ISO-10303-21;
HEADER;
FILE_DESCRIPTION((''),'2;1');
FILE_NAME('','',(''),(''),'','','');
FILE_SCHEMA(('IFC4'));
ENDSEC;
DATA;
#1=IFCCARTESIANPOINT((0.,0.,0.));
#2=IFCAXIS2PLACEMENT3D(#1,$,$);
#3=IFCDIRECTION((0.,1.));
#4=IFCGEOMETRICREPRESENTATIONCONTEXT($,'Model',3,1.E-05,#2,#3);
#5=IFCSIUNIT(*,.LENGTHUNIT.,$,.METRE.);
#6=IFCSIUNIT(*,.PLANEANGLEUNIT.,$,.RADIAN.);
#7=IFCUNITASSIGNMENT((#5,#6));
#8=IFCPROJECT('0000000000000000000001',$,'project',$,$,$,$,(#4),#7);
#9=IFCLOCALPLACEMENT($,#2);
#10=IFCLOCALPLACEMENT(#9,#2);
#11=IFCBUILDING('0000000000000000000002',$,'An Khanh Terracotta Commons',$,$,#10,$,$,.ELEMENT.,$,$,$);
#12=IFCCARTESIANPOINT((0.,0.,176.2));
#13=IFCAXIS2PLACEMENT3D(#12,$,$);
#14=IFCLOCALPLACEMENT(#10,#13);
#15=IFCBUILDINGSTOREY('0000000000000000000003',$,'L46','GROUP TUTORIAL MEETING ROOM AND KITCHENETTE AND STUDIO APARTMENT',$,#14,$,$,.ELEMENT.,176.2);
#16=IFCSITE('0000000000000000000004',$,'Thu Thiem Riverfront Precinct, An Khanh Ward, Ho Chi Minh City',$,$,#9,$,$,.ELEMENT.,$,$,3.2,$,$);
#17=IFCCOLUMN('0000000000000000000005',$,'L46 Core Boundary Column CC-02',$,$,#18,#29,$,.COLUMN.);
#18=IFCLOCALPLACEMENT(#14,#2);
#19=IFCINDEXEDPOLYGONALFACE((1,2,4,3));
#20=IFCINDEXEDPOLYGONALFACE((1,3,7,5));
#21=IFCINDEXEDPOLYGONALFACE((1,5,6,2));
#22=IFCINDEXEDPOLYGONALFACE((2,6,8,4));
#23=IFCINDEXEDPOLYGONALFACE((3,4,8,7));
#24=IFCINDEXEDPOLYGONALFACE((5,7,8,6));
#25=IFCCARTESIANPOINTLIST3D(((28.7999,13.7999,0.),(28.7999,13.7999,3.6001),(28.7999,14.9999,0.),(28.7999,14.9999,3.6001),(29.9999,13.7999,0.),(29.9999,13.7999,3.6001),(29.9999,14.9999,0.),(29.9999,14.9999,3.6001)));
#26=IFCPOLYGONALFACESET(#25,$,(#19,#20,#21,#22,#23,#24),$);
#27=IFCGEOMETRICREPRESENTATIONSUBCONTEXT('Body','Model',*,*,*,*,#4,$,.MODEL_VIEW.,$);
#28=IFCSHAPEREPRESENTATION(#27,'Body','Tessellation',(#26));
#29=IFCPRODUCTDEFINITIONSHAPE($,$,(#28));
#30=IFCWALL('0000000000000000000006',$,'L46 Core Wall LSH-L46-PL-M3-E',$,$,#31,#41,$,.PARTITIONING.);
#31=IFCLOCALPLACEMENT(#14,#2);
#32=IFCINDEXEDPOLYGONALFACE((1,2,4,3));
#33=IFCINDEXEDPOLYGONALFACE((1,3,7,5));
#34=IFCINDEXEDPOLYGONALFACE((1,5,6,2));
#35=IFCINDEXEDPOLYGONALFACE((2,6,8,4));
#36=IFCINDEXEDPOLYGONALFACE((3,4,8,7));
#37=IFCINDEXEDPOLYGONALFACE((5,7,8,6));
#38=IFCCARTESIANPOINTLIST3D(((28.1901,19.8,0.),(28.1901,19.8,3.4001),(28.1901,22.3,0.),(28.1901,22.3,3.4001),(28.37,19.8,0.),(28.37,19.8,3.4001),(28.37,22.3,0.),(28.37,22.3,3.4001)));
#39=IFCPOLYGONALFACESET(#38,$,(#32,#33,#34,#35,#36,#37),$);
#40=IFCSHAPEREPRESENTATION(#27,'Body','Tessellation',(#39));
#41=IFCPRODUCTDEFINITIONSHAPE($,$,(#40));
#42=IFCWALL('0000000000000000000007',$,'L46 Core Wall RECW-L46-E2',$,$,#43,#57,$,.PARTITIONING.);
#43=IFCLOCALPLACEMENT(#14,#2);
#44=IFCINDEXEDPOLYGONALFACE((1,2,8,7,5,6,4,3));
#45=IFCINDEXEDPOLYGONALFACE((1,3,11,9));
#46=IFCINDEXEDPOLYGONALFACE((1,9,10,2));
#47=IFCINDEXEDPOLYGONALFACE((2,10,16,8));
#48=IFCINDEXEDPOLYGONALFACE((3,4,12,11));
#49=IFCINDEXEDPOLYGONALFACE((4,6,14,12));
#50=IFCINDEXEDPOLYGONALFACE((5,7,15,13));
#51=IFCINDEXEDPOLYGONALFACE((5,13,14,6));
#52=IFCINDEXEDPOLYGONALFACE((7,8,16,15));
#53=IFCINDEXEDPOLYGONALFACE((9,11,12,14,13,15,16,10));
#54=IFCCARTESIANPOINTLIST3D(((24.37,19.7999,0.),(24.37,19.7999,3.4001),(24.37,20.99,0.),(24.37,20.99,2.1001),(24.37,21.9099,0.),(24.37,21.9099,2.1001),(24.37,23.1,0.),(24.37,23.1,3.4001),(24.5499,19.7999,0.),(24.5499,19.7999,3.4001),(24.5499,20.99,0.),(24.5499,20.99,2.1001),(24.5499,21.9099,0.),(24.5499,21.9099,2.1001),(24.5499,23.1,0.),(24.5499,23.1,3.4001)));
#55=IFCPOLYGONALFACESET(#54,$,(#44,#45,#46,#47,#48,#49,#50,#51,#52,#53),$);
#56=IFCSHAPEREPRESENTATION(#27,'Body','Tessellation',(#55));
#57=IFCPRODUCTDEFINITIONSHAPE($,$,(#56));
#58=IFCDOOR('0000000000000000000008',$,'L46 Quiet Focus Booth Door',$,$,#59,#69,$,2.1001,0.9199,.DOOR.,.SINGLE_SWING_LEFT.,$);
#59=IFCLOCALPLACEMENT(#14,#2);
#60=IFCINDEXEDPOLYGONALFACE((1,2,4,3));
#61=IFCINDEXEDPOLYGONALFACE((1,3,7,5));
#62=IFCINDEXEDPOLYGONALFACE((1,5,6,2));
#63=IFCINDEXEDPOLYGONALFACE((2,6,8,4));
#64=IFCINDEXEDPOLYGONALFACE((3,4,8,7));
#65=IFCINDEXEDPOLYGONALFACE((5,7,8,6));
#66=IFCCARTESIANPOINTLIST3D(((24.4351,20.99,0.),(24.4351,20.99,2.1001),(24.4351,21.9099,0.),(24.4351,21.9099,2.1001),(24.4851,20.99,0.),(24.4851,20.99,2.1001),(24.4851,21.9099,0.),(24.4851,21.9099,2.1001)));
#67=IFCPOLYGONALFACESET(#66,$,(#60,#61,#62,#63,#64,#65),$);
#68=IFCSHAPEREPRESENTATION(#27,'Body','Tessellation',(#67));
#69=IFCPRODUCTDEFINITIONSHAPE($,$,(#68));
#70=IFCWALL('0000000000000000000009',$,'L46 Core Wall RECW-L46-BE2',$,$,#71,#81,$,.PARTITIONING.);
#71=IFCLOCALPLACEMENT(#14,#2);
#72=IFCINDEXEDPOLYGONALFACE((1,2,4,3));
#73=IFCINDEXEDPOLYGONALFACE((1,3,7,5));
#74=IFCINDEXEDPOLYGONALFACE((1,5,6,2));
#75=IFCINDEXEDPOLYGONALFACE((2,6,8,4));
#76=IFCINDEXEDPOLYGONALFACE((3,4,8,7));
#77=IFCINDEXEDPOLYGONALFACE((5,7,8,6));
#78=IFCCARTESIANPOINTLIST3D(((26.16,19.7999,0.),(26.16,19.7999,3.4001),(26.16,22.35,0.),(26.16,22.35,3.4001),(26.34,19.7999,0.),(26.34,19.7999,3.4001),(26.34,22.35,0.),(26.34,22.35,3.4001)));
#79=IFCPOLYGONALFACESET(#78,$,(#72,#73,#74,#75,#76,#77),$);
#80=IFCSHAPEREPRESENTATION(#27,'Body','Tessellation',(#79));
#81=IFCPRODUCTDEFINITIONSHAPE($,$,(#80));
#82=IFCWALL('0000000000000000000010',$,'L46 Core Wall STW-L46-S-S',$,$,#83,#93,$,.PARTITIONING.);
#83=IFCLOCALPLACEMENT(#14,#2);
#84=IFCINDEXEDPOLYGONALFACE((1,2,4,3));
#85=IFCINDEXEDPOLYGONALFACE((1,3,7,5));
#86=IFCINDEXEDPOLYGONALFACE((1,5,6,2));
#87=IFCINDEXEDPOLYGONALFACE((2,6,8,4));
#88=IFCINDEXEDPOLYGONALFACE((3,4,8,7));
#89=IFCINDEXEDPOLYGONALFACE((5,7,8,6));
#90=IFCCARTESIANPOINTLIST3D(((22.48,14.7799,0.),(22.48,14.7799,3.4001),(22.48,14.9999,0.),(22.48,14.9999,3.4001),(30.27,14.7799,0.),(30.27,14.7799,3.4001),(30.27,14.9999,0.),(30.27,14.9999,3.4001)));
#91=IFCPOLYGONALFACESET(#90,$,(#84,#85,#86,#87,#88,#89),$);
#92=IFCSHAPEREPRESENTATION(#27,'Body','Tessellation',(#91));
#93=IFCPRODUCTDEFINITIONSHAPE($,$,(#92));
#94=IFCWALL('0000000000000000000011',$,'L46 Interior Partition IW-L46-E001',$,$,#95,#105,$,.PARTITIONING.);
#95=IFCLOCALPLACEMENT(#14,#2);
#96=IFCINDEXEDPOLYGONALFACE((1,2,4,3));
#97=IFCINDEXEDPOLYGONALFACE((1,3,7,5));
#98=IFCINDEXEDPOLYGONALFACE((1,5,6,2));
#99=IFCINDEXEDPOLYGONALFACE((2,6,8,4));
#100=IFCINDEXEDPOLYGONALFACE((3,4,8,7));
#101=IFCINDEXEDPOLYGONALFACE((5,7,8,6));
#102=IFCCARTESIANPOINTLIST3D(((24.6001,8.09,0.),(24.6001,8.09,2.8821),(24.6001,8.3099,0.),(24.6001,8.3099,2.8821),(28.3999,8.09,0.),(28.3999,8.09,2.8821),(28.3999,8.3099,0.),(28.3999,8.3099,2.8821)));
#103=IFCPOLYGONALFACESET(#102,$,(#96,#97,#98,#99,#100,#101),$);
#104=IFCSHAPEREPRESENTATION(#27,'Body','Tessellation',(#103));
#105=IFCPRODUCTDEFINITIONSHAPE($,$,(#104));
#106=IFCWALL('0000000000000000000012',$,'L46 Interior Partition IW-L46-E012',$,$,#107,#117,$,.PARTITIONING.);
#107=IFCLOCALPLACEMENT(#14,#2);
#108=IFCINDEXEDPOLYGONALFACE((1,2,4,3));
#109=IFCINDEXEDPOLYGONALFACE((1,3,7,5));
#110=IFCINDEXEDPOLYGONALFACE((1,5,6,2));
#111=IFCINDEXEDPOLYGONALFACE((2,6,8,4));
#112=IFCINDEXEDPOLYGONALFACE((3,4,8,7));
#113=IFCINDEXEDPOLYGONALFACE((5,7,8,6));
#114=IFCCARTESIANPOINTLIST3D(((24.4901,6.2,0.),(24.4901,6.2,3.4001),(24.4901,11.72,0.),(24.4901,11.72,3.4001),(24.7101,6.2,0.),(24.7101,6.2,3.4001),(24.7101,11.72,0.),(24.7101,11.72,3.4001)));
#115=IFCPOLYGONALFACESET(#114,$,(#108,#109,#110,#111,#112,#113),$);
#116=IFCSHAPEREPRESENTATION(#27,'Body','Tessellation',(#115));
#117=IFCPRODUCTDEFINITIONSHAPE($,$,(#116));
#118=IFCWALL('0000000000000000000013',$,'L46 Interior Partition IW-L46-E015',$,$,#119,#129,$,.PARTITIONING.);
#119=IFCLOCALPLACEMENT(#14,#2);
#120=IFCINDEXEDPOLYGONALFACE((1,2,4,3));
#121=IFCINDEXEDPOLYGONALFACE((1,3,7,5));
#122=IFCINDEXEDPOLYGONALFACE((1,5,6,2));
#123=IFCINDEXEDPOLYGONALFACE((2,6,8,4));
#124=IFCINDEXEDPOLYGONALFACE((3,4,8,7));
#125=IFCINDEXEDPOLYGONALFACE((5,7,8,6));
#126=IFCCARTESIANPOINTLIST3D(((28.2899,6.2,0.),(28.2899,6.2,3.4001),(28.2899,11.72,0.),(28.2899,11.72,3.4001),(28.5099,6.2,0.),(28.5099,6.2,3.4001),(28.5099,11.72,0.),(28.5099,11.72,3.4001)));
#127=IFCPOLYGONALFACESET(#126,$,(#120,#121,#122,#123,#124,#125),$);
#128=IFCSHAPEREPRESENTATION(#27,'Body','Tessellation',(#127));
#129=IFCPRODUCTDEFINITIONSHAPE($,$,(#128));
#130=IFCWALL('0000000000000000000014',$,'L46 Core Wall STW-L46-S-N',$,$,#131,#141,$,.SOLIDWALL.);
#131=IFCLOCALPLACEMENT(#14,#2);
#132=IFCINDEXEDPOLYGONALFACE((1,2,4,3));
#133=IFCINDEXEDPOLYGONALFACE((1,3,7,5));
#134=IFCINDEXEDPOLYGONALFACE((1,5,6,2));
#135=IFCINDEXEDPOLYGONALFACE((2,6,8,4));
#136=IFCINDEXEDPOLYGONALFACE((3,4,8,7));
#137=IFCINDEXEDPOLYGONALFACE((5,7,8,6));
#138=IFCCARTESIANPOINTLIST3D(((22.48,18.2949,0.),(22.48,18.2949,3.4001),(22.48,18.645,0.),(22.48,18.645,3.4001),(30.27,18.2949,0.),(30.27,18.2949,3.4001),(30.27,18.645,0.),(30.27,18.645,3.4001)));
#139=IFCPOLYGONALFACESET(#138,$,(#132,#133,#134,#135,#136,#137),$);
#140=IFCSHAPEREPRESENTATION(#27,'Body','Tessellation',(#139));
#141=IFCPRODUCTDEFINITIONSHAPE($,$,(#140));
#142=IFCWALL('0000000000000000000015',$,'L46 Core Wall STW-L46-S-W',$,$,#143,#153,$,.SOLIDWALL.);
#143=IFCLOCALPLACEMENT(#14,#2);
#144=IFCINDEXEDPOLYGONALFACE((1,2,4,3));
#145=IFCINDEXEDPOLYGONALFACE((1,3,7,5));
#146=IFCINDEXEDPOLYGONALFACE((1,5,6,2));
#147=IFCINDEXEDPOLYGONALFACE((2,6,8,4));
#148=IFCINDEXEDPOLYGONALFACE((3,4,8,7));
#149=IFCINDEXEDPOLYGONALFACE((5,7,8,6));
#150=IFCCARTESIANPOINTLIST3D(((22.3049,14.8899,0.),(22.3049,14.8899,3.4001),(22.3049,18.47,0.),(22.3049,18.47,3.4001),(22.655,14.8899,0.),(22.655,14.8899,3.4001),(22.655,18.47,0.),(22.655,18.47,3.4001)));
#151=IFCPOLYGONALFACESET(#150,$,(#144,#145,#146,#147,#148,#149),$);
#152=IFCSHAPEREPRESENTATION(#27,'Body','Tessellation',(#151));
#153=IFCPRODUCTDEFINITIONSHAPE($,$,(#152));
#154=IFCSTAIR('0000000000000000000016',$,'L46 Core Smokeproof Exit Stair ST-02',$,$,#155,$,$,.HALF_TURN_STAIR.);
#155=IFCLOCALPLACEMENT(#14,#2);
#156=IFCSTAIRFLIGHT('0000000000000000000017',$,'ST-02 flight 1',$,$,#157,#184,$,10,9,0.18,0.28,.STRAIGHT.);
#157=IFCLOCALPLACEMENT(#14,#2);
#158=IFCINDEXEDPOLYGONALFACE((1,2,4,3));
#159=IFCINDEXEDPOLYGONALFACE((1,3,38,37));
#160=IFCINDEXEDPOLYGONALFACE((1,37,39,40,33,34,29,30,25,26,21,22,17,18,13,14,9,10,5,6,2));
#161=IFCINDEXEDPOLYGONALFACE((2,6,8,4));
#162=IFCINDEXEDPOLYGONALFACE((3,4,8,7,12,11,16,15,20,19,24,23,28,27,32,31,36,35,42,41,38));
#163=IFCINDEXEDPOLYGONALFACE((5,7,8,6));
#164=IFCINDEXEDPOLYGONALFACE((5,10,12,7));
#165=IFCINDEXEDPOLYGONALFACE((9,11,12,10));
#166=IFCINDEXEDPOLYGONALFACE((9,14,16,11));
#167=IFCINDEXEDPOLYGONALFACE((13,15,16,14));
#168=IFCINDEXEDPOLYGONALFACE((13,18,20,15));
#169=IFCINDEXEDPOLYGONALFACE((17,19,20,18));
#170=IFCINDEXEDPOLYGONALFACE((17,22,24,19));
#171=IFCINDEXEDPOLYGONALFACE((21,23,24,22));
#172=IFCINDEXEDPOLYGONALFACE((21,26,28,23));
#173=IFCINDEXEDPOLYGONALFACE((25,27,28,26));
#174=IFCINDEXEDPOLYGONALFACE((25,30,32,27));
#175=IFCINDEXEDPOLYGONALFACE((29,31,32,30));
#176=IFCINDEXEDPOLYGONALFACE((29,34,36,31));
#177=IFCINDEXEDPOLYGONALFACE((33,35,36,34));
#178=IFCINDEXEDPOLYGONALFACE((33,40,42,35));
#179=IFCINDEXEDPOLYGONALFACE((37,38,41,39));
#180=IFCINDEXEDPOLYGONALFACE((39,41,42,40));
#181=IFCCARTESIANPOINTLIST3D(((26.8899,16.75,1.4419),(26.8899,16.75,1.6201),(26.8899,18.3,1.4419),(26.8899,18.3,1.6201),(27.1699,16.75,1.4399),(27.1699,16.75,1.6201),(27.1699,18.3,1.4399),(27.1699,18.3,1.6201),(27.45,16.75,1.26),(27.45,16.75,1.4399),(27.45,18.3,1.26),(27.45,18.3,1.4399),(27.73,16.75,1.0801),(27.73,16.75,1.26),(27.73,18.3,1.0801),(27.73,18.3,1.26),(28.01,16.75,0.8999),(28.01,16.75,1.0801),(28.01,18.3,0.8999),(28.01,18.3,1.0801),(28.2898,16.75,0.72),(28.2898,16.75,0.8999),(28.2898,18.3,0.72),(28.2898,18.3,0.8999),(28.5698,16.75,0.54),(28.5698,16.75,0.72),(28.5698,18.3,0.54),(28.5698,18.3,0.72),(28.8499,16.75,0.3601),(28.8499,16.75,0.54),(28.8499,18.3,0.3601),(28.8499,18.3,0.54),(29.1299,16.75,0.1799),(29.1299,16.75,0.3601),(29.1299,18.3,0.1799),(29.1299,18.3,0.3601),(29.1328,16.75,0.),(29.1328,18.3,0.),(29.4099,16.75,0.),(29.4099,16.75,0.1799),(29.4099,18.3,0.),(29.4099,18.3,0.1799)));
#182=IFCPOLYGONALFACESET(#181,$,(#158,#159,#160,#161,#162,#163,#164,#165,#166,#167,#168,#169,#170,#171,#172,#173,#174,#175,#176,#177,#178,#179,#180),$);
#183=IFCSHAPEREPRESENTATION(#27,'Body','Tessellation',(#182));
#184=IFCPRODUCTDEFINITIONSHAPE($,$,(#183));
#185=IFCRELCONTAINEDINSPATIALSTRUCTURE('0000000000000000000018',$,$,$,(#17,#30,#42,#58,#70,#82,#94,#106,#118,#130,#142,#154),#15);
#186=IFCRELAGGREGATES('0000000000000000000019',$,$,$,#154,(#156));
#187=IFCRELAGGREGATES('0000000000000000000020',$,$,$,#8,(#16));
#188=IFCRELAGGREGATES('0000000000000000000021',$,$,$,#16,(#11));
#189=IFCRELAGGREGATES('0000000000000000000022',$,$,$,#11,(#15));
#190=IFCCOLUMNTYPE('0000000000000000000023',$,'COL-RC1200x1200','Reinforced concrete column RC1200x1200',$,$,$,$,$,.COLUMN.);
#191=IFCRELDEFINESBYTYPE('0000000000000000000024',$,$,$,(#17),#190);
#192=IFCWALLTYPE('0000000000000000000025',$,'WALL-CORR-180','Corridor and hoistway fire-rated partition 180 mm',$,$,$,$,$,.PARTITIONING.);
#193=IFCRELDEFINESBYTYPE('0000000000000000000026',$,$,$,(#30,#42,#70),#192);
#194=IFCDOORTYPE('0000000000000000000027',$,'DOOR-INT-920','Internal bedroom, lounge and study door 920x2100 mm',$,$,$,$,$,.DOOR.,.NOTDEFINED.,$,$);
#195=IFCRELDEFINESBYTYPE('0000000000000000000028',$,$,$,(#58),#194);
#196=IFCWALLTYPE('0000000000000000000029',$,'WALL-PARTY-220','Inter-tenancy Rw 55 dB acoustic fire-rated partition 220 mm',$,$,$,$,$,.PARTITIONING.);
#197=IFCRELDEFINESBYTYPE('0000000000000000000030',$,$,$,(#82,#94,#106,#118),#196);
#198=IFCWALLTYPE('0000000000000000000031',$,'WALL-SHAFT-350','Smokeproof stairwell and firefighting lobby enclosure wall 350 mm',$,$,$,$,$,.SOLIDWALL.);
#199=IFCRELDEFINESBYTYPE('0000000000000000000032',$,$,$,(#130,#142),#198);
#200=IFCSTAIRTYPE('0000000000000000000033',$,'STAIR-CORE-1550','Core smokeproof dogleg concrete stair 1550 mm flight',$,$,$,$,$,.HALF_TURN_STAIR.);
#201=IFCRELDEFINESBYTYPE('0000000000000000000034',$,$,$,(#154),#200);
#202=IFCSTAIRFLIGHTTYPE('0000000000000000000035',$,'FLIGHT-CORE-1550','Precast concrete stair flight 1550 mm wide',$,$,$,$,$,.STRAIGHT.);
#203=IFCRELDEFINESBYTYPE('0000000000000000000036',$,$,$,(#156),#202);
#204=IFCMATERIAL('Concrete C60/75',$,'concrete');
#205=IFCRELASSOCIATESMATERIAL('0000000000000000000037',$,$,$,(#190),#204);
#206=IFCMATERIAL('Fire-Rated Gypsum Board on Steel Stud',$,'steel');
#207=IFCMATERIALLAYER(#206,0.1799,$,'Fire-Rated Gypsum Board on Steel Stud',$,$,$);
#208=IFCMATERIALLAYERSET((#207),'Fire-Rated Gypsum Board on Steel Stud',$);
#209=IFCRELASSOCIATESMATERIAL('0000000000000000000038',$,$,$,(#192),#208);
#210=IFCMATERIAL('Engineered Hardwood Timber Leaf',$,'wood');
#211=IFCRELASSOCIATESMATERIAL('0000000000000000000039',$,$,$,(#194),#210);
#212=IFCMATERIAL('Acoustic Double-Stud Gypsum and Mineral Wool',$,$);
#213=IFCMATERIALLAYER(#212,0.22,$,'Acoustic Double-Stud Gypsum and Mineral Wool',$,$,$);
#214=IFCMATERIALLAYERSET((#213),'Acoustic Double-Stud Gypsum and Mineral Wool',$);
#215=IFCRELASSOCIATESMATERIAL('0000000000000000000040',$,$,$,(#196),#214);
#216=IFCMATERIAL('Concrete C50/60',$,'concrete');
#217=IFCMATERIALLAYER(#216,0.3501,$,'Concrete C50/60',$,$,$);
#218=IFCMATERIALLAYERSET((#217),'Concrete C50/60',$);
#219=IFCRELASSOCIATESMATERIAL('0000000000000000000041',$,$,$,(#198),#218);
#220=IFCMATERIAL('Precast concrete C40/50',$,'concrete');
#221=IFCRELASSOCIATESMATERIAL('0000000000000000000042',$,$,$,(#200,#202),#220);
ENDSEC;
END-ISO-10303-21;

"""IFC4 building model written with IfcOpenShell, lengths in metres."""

from ifc_helpers import new_model, si_unit, direction, frame, frame_2d, origin, origin_2d, place, context, subcontext, project, spatial, polyline, rectangle, outline, extrude, material, layer, layer_set, material_profile, profile_set, type_object, element, fill, aggregate, save


model = new_model("IFC4")

# Units and contexts
model_context = context("Model", 3, precision=1e-05, world=origin(), true_north=direction((0.0, 1.0)))
body_context = subcontext(model_context, "Body", "Model", "MODEL_VIEW")
ifc_project = project(units=[si_unit("LENGTHUNIT", "METRE"), si_unit("PLANEANGLEUNIT", "RADIAN")], contexts=[model_context])

# Site, building, storey
site_placement = place(None, origin())
site = spatial("IfcSite", under=ifc_project, at=site_placement, Name="Thu Thiem Riverfront Precinct, An Khanh Ward, Ho Chi Minh City", CompositionType="ELEMENT", RefElevation=3.2)
building_placement = place(site_placement, origin())
building = spatial("IfcBuilding", under=site, at=building_placement, Name="An Khanh Terracotta Commons", CompositionType="ELEMENT")
storey_placement = place(building_placement, frame((0.0, 0.0, 176.2)))
storey = spatial("IfcBuildingStorey", under=building, at=storey_placement, Name="L46", Description="GROUP TUTORIAL MEETING ROOM AND KITCHENETTE AND STUDIO APARTMENT", CompositionType="ELEMENT", Elevation=176.2)

# Column
ifc_material_1 = material(Name="Concrete C60/75", Category="concrete")
ifc_material_profile = material_profile(ifc_material_1, rectangle(XDim=1.2, YDim=1.2, at=origin_2d()), Name="RC1200x1200")
ifc_profile_set = profile_set([ifc_material_profile], Name="Concrete C60/75")
column_type = type_object("IfcColumnType", Name="COL-RC1200x1200", Description="Reinforced concrete column RC1200x1200", PredefinedType="COLUMN", material=ifc_profile_set)
column_placement = place(storey_placement, frame((29.3999, 14.3999, 0.0), z_axis=(0.0, 0.0, 1.0), x_axis=(1.0, 0.0, 0.0)))
element("IfcColumn", 1, at=column_placement, inside=storey, type_object=column_type, Name="L46 Core Boundary Column CC-02", PredefinedType="COLUMN", context=body_context, shape_type="SweptSolid", body=[
    extrude(rectangle(XDim=1.2, YDim=1.2, at=origin_2d()), origin(), (0.0, 0.0, 1.0), 3.6001),
])

# Wall
ifc_material_2 = material(Name="Fire-Rated Gypsum Board on Steel Stud", Category="steel")
ifc_layer_1 = layer(ifc_material_2, 0.1799, Name="Fire-Rated Gypsum Board on Steel Stud")
ifc_layer_set_1 = layer_set([ifc_layer_1], Name="Fire-Rated Gypsum Board on Steel Stud")
wall_type_1 = type_object("IfcWallType", Name="WALL-CORR-180", Description="Corridor and hoistway fire-rated partition 180 mm", PredefinedType="PARTITIONING", material=ifc_layer_set_1)
wall_1_placement = place(storey_placement, frame((28.28, 19.8, 0.0), z_axis=(0.0, 0.0, 1.0), x_axis=(0.0, 1.0, 0.0)))
element("IfcWall", 2, at=wall_1_placement, inside=storey, type_object=wall_type_1, Name="L46 Core Wall LSH-L46-PL-M3-E", PredefinedType="PARTITIONING", context=body_context, shape_type="SweptSolid", body=[
    extrude(rectangle(XDim=2.5, YDim=0.1799, at=frame_2d((1.25, 0.0))), origin(), (0.0, 0.0, 1.0), 3.4001),
])

# Wall, opening, door
wall_2_placement = place(storey_placement, frame((24.46, 19.8, 0.0), z_axis=(0.0, 0.0, 1.0), x_axis=(0.0, 1.0, 0.0)))
wall_2 = element("IfcWall", 3, at=wall_2_placement, inside=storey, type_object=wall_type_1, Name="L46 Core Wall RECW-L46-E2", PredefinedType="PARTITIONING", context=body_context, shape_type="SweptSolid", body=[
    extrude(rectangle(XDim=3.3, YDim=0.1799, at=frame_2d((1.6499, 0.0))), origin(), (0.0, 0.0, 1.0), 3.4001),
])
opening_placement = place(wall_2_placement, frame((1.1899, 0.0, 0.0)))
opening = element("IfcOpeningElement", 4, at=opening_placement, cuts=wall_2, PredefinedType="OPENING", context=body_context, shape_type="SweptSolid", body=[
    extrude(rectangle(XDim=0.9199, YDim=2.1001, at=frame_2d((0.46, 1.05))), frame((0.0, 0.0999, 0.0), z_axis=(0.0, -1.0, 0.0), x_axis=(1.0, 0.0, 0.0)), (0.0, 0.0, 1.0), 0.2),
])
ifc_material_3 = material(Name="Engineered Hardwood Timber Leaf", Category="wood")
door_type = type_object("IfcDoorType", Name="DOOR-INT-920", Description="Internal bedroom, lounge and study door 920x2100 mm", OperationType="NOTDEFINED", PredefinedType="DOOR", material=ifc_material_3)
door_placement = place(opening_placement, origin())
door = element("IfcDoor", 5, at=door_placement, inside=storey, type_object=door_type, Name="L46 Quiet Focus Booth Door", OperationType="SINGLE_SWING_LEFT", OverallHeight=2.1001, OverallWidth=0.9199, PredefinedType="DOOR", context=body_context, shape_type="SweptSolid", body=[
    extrude(rectangle(XDim=0.9199, YDim=2.1001, at=frame_2d((0.46, 1.05))), frame((0.0, 0.0249, 0.0), z_axis=(0.0, -1.0, 0.0), x_axis=(1.0, 0.0, 0.0)), (0.0, 0.0, 1.0), 0.05),
])
fill(opening, door)

# Walls
wall_3_placement = place(storey_placement, frame((26.25, 19.8, 0.0), z_axis=(0.0, 0.0, 1.0), x_axis=(0.0, 1.0, 0.0)))
element("IfcWall", 6, at=wall_3_placement, inside=storey, type_object=wall_type_1, Name="L46 Core Wall RECW-L46-BE2", PredefinedType="PARTITIONING", context=body_context, shape_type="SweptSolid", body=[
    extrude(rectangle(XDim=2.55, YDim=0.1799, at=frame_2d((1.2749, 0.0))), origin(), (0.0, 0.0, 1.0), 3.4001),
])
ifc_material_4 = material(Name="Acoustic Double-Stud Gypsum and Mineral Wool")
ifc_layer_2 = layer(ifc_material_4, 0.22, Name="Acoustic Double-Stud Gypsum and Mineral Wool")
ifc_layer_set_2 = layer_set([ifc_layer_2], Name="Acoustic Double-Stud Gypsum and Mineral Wool")
wall_type_2 = type_object("IfcWallType", Name="WALL-PARTY-220", Description="Inter-tenancy Rw 55 dB acoustic fire-rated partition 220 mm", PredefinedType="PARTITIONING", material=ifc_layer_set_2)
wall_4_placement = place(storey_placement, frame((22.48, 14.8899, 0.0), z_axis=(0.0, 0.0, 1.0), x_axis=(1.0, 0.0, 0.0)))
element("IfcWall", 7, at=wall_4_placement, inside=storey, type_object=wall_type_2, Name="L46 Core Wall STW-L46-S-S", PredefinedType="PARTITIONING", context=body_context, shape_type="SweptSolid", body=[
    extrude(rectangle(XDim=7.79, YDim=0.22, at=frame_2d((3.895, 0.0))), origin(), (0.0, 0.0, 1.0), 3.4001),
])
wall_5_placement = place(storey_placement, frame((24.6001, 8.2, 0.0), z_axis=(0.0, 0.0, 1.0), x_axis=(1.0, 0.0, 0.0)))
element("IfcWall", 8, at=wall_5_placement, inside=storey, type_object=wall_type_2, Name="L46 Interior Partition IW-L46-E001", PredefinedType="PARTITIONING", context=body_context, shape_type="SweptSolid", body=[
    extrude(rectangle(XDim=3.7998, YDim=0.22, at=frame_2d((1.8999, 0.0))), origin(), (0.0, 0.0, 1.0), 2.8821),
])
for number, where, z_axis, x_axis, name in (
    (9, (24.6001, 6.2, 0.0), (0.0, 0.0, 1.0), (0.0, 1.0, 0.0), "L46 Interior Partition IW-L46-E012"),
    (10, (28.3999, 6.2, 0.0), (0.0, 0.0, 1.0), (0.0, 1.0, 0.0), "L46 Interior Partition IW-L46-E015"),
):
    element("IfcWall", number, at=place(storey_placement, frame(where, z_axis=z_axis, x_axis=x_axis)), inside=storey, type_object=wall_type_2, Name=name, PredefinedType="PARTITIONING", context=body_context, shape_type="SweptSolid", body=[
        extrude(rectangle(XDim=5.52, YDim=0.22, at=frame_2d((2.76, 0.0))), origin(), (0.0, 0.0, 1.0), 3.4001),
    ])
ifc_material_5 = material(Name="Concrete C50/60", Category="concrete")
ifc_layer_3 = layer(ifc_material_5, 0.3501, Name="Concrete C50/60")
ifc_layer_set_3 = layer_set([ifc_layer_3], Name="Concrete C50/60")
wall_type_3 = type_object("IfcWallType", Name="WALL-SHAFT-350", Description="Smokeproof stairwell and firefighting lobby enclosure wall 350 mm", PredefinedType="SOLIDWALL", material=ifc_layer_set_3)
wall_6_placement = place(storey_placement, frame((22.48, 18.47, 0.0), z_axis=(0.0, 0.0, 1.0), x_axis=(1.0, 0.0, 0.0)))
element("IfcWall", 11, at=wall_6_placement, inside=storey, type_object=wall_type_3, Name="L46 Core Wall STW-L46-S-N", PredefinedType="SOLIDWALL", context=body_context, shape_type="SweptSolid", body=[
    extrude(rectangle(XDim=7.79, YDim=0.3501, at=frame_2d((3.895, 0.0))), origin(), (0.0, 0.0, 1.0), 3.4001),
])
wall_7_placement = place(storey_placement, frame((22.48, 14.8899, 0.0), z_axis=(0.0, 0.0, 1.0), x_axis=(0.0, 1.0, 0.0)))
element("IfcWall", 12, at=wall_7_placement, inside=storey, type_object=wall_type_3, Name="L46 Core Wall STW-L46-S-W", PredefinedType="SOLIDWALL", context=body_context, shape_type="SweptSolid", body=[
    extrude(rectangle(XDim=3.5801, YDim=0.3501, at=frame_2d((1.79, 0.0))), origin(), (0.0, 0.0, 1.0), 3.4001),
])

# Stair, stair flight
ifc_material_6 = material(Name="Precast concrete C40/50", Category="concrete")
stair_type = type_object("IfcStairType", Name="STAIR-CORE-1550", Description="Core smokeproof dogleg concrete stair 1550 mm flight", PredefinedType="HALF_TURN_STAIR", material=ifc_material_6)
stair_placement = place(storey_placement, origin())
stair = element("IfcStair", 13, at=stair_placement, inside=storey, type_object=stair_type, Name="L46 Core Smokeproof Exit Stair ST-02", PredefinedType="HALF_TURN_STAIR")
stair_flight_type = type_object("IfcStairFlightType", Name="FLIGHT-CORE-1550", Description="Precast concrete stair flight 1550 mm wide", PredefinedType="STRAIGHT", material=ifc_material_6)
stair_flight_1_placement = place(storey_placement, frame((29.4099, 17.5249, 0.0), z_axis=(0.0, 0.0, 1.0), x_axis=(-1.0, 0.0, 0.0)))
stair_flight_1 = element("IfcStairFlight", 14, at=stair_flight_1_placement, type_object=stair_flight_type, Name="ST-02 flight 1", NumberOfRisers=10, NumberOfTreads=9, PredefinedType="STRAIGHT", RiserHeight=0.18, TreadLength=0.28, context=body_context, shape_type="SweptSolid", body=[
    extrude(outline(polyline([(0.0, 0.0), (0.0, 0.1799), (0.28, 0.1799), (0.28, 0.3601), (0.5601, 0.3601), (0.5601, 0.54), (0.8401, 0.54), (0.8401, 0.72), (1.1201, 0.72), (1.1201, 0.8999), (1.3999, 0.8999), (1.3999, 1.0801), (1.6799, 1.0801), (1.6799, 1.26), (1.96, 1.26), (1.96, 1.4399), (2.24, 1.4399), (2.24, 1.6201), (2.52, 1.6201), (2.52, 1.8), (2.52, 1.4419), (0.2771, 0.0), (0.0, 0.0)])), frame((0.0, 0.7749, 0.0), z_axis=(0.0, -1.0, 0.0), x_axis=(1.0, 0.0, 0.0)), (0.0, 0.0, 1.0), 1.55),
])
aggregate(stair, [stair_flight_1])

save(model, "model.ifc")
